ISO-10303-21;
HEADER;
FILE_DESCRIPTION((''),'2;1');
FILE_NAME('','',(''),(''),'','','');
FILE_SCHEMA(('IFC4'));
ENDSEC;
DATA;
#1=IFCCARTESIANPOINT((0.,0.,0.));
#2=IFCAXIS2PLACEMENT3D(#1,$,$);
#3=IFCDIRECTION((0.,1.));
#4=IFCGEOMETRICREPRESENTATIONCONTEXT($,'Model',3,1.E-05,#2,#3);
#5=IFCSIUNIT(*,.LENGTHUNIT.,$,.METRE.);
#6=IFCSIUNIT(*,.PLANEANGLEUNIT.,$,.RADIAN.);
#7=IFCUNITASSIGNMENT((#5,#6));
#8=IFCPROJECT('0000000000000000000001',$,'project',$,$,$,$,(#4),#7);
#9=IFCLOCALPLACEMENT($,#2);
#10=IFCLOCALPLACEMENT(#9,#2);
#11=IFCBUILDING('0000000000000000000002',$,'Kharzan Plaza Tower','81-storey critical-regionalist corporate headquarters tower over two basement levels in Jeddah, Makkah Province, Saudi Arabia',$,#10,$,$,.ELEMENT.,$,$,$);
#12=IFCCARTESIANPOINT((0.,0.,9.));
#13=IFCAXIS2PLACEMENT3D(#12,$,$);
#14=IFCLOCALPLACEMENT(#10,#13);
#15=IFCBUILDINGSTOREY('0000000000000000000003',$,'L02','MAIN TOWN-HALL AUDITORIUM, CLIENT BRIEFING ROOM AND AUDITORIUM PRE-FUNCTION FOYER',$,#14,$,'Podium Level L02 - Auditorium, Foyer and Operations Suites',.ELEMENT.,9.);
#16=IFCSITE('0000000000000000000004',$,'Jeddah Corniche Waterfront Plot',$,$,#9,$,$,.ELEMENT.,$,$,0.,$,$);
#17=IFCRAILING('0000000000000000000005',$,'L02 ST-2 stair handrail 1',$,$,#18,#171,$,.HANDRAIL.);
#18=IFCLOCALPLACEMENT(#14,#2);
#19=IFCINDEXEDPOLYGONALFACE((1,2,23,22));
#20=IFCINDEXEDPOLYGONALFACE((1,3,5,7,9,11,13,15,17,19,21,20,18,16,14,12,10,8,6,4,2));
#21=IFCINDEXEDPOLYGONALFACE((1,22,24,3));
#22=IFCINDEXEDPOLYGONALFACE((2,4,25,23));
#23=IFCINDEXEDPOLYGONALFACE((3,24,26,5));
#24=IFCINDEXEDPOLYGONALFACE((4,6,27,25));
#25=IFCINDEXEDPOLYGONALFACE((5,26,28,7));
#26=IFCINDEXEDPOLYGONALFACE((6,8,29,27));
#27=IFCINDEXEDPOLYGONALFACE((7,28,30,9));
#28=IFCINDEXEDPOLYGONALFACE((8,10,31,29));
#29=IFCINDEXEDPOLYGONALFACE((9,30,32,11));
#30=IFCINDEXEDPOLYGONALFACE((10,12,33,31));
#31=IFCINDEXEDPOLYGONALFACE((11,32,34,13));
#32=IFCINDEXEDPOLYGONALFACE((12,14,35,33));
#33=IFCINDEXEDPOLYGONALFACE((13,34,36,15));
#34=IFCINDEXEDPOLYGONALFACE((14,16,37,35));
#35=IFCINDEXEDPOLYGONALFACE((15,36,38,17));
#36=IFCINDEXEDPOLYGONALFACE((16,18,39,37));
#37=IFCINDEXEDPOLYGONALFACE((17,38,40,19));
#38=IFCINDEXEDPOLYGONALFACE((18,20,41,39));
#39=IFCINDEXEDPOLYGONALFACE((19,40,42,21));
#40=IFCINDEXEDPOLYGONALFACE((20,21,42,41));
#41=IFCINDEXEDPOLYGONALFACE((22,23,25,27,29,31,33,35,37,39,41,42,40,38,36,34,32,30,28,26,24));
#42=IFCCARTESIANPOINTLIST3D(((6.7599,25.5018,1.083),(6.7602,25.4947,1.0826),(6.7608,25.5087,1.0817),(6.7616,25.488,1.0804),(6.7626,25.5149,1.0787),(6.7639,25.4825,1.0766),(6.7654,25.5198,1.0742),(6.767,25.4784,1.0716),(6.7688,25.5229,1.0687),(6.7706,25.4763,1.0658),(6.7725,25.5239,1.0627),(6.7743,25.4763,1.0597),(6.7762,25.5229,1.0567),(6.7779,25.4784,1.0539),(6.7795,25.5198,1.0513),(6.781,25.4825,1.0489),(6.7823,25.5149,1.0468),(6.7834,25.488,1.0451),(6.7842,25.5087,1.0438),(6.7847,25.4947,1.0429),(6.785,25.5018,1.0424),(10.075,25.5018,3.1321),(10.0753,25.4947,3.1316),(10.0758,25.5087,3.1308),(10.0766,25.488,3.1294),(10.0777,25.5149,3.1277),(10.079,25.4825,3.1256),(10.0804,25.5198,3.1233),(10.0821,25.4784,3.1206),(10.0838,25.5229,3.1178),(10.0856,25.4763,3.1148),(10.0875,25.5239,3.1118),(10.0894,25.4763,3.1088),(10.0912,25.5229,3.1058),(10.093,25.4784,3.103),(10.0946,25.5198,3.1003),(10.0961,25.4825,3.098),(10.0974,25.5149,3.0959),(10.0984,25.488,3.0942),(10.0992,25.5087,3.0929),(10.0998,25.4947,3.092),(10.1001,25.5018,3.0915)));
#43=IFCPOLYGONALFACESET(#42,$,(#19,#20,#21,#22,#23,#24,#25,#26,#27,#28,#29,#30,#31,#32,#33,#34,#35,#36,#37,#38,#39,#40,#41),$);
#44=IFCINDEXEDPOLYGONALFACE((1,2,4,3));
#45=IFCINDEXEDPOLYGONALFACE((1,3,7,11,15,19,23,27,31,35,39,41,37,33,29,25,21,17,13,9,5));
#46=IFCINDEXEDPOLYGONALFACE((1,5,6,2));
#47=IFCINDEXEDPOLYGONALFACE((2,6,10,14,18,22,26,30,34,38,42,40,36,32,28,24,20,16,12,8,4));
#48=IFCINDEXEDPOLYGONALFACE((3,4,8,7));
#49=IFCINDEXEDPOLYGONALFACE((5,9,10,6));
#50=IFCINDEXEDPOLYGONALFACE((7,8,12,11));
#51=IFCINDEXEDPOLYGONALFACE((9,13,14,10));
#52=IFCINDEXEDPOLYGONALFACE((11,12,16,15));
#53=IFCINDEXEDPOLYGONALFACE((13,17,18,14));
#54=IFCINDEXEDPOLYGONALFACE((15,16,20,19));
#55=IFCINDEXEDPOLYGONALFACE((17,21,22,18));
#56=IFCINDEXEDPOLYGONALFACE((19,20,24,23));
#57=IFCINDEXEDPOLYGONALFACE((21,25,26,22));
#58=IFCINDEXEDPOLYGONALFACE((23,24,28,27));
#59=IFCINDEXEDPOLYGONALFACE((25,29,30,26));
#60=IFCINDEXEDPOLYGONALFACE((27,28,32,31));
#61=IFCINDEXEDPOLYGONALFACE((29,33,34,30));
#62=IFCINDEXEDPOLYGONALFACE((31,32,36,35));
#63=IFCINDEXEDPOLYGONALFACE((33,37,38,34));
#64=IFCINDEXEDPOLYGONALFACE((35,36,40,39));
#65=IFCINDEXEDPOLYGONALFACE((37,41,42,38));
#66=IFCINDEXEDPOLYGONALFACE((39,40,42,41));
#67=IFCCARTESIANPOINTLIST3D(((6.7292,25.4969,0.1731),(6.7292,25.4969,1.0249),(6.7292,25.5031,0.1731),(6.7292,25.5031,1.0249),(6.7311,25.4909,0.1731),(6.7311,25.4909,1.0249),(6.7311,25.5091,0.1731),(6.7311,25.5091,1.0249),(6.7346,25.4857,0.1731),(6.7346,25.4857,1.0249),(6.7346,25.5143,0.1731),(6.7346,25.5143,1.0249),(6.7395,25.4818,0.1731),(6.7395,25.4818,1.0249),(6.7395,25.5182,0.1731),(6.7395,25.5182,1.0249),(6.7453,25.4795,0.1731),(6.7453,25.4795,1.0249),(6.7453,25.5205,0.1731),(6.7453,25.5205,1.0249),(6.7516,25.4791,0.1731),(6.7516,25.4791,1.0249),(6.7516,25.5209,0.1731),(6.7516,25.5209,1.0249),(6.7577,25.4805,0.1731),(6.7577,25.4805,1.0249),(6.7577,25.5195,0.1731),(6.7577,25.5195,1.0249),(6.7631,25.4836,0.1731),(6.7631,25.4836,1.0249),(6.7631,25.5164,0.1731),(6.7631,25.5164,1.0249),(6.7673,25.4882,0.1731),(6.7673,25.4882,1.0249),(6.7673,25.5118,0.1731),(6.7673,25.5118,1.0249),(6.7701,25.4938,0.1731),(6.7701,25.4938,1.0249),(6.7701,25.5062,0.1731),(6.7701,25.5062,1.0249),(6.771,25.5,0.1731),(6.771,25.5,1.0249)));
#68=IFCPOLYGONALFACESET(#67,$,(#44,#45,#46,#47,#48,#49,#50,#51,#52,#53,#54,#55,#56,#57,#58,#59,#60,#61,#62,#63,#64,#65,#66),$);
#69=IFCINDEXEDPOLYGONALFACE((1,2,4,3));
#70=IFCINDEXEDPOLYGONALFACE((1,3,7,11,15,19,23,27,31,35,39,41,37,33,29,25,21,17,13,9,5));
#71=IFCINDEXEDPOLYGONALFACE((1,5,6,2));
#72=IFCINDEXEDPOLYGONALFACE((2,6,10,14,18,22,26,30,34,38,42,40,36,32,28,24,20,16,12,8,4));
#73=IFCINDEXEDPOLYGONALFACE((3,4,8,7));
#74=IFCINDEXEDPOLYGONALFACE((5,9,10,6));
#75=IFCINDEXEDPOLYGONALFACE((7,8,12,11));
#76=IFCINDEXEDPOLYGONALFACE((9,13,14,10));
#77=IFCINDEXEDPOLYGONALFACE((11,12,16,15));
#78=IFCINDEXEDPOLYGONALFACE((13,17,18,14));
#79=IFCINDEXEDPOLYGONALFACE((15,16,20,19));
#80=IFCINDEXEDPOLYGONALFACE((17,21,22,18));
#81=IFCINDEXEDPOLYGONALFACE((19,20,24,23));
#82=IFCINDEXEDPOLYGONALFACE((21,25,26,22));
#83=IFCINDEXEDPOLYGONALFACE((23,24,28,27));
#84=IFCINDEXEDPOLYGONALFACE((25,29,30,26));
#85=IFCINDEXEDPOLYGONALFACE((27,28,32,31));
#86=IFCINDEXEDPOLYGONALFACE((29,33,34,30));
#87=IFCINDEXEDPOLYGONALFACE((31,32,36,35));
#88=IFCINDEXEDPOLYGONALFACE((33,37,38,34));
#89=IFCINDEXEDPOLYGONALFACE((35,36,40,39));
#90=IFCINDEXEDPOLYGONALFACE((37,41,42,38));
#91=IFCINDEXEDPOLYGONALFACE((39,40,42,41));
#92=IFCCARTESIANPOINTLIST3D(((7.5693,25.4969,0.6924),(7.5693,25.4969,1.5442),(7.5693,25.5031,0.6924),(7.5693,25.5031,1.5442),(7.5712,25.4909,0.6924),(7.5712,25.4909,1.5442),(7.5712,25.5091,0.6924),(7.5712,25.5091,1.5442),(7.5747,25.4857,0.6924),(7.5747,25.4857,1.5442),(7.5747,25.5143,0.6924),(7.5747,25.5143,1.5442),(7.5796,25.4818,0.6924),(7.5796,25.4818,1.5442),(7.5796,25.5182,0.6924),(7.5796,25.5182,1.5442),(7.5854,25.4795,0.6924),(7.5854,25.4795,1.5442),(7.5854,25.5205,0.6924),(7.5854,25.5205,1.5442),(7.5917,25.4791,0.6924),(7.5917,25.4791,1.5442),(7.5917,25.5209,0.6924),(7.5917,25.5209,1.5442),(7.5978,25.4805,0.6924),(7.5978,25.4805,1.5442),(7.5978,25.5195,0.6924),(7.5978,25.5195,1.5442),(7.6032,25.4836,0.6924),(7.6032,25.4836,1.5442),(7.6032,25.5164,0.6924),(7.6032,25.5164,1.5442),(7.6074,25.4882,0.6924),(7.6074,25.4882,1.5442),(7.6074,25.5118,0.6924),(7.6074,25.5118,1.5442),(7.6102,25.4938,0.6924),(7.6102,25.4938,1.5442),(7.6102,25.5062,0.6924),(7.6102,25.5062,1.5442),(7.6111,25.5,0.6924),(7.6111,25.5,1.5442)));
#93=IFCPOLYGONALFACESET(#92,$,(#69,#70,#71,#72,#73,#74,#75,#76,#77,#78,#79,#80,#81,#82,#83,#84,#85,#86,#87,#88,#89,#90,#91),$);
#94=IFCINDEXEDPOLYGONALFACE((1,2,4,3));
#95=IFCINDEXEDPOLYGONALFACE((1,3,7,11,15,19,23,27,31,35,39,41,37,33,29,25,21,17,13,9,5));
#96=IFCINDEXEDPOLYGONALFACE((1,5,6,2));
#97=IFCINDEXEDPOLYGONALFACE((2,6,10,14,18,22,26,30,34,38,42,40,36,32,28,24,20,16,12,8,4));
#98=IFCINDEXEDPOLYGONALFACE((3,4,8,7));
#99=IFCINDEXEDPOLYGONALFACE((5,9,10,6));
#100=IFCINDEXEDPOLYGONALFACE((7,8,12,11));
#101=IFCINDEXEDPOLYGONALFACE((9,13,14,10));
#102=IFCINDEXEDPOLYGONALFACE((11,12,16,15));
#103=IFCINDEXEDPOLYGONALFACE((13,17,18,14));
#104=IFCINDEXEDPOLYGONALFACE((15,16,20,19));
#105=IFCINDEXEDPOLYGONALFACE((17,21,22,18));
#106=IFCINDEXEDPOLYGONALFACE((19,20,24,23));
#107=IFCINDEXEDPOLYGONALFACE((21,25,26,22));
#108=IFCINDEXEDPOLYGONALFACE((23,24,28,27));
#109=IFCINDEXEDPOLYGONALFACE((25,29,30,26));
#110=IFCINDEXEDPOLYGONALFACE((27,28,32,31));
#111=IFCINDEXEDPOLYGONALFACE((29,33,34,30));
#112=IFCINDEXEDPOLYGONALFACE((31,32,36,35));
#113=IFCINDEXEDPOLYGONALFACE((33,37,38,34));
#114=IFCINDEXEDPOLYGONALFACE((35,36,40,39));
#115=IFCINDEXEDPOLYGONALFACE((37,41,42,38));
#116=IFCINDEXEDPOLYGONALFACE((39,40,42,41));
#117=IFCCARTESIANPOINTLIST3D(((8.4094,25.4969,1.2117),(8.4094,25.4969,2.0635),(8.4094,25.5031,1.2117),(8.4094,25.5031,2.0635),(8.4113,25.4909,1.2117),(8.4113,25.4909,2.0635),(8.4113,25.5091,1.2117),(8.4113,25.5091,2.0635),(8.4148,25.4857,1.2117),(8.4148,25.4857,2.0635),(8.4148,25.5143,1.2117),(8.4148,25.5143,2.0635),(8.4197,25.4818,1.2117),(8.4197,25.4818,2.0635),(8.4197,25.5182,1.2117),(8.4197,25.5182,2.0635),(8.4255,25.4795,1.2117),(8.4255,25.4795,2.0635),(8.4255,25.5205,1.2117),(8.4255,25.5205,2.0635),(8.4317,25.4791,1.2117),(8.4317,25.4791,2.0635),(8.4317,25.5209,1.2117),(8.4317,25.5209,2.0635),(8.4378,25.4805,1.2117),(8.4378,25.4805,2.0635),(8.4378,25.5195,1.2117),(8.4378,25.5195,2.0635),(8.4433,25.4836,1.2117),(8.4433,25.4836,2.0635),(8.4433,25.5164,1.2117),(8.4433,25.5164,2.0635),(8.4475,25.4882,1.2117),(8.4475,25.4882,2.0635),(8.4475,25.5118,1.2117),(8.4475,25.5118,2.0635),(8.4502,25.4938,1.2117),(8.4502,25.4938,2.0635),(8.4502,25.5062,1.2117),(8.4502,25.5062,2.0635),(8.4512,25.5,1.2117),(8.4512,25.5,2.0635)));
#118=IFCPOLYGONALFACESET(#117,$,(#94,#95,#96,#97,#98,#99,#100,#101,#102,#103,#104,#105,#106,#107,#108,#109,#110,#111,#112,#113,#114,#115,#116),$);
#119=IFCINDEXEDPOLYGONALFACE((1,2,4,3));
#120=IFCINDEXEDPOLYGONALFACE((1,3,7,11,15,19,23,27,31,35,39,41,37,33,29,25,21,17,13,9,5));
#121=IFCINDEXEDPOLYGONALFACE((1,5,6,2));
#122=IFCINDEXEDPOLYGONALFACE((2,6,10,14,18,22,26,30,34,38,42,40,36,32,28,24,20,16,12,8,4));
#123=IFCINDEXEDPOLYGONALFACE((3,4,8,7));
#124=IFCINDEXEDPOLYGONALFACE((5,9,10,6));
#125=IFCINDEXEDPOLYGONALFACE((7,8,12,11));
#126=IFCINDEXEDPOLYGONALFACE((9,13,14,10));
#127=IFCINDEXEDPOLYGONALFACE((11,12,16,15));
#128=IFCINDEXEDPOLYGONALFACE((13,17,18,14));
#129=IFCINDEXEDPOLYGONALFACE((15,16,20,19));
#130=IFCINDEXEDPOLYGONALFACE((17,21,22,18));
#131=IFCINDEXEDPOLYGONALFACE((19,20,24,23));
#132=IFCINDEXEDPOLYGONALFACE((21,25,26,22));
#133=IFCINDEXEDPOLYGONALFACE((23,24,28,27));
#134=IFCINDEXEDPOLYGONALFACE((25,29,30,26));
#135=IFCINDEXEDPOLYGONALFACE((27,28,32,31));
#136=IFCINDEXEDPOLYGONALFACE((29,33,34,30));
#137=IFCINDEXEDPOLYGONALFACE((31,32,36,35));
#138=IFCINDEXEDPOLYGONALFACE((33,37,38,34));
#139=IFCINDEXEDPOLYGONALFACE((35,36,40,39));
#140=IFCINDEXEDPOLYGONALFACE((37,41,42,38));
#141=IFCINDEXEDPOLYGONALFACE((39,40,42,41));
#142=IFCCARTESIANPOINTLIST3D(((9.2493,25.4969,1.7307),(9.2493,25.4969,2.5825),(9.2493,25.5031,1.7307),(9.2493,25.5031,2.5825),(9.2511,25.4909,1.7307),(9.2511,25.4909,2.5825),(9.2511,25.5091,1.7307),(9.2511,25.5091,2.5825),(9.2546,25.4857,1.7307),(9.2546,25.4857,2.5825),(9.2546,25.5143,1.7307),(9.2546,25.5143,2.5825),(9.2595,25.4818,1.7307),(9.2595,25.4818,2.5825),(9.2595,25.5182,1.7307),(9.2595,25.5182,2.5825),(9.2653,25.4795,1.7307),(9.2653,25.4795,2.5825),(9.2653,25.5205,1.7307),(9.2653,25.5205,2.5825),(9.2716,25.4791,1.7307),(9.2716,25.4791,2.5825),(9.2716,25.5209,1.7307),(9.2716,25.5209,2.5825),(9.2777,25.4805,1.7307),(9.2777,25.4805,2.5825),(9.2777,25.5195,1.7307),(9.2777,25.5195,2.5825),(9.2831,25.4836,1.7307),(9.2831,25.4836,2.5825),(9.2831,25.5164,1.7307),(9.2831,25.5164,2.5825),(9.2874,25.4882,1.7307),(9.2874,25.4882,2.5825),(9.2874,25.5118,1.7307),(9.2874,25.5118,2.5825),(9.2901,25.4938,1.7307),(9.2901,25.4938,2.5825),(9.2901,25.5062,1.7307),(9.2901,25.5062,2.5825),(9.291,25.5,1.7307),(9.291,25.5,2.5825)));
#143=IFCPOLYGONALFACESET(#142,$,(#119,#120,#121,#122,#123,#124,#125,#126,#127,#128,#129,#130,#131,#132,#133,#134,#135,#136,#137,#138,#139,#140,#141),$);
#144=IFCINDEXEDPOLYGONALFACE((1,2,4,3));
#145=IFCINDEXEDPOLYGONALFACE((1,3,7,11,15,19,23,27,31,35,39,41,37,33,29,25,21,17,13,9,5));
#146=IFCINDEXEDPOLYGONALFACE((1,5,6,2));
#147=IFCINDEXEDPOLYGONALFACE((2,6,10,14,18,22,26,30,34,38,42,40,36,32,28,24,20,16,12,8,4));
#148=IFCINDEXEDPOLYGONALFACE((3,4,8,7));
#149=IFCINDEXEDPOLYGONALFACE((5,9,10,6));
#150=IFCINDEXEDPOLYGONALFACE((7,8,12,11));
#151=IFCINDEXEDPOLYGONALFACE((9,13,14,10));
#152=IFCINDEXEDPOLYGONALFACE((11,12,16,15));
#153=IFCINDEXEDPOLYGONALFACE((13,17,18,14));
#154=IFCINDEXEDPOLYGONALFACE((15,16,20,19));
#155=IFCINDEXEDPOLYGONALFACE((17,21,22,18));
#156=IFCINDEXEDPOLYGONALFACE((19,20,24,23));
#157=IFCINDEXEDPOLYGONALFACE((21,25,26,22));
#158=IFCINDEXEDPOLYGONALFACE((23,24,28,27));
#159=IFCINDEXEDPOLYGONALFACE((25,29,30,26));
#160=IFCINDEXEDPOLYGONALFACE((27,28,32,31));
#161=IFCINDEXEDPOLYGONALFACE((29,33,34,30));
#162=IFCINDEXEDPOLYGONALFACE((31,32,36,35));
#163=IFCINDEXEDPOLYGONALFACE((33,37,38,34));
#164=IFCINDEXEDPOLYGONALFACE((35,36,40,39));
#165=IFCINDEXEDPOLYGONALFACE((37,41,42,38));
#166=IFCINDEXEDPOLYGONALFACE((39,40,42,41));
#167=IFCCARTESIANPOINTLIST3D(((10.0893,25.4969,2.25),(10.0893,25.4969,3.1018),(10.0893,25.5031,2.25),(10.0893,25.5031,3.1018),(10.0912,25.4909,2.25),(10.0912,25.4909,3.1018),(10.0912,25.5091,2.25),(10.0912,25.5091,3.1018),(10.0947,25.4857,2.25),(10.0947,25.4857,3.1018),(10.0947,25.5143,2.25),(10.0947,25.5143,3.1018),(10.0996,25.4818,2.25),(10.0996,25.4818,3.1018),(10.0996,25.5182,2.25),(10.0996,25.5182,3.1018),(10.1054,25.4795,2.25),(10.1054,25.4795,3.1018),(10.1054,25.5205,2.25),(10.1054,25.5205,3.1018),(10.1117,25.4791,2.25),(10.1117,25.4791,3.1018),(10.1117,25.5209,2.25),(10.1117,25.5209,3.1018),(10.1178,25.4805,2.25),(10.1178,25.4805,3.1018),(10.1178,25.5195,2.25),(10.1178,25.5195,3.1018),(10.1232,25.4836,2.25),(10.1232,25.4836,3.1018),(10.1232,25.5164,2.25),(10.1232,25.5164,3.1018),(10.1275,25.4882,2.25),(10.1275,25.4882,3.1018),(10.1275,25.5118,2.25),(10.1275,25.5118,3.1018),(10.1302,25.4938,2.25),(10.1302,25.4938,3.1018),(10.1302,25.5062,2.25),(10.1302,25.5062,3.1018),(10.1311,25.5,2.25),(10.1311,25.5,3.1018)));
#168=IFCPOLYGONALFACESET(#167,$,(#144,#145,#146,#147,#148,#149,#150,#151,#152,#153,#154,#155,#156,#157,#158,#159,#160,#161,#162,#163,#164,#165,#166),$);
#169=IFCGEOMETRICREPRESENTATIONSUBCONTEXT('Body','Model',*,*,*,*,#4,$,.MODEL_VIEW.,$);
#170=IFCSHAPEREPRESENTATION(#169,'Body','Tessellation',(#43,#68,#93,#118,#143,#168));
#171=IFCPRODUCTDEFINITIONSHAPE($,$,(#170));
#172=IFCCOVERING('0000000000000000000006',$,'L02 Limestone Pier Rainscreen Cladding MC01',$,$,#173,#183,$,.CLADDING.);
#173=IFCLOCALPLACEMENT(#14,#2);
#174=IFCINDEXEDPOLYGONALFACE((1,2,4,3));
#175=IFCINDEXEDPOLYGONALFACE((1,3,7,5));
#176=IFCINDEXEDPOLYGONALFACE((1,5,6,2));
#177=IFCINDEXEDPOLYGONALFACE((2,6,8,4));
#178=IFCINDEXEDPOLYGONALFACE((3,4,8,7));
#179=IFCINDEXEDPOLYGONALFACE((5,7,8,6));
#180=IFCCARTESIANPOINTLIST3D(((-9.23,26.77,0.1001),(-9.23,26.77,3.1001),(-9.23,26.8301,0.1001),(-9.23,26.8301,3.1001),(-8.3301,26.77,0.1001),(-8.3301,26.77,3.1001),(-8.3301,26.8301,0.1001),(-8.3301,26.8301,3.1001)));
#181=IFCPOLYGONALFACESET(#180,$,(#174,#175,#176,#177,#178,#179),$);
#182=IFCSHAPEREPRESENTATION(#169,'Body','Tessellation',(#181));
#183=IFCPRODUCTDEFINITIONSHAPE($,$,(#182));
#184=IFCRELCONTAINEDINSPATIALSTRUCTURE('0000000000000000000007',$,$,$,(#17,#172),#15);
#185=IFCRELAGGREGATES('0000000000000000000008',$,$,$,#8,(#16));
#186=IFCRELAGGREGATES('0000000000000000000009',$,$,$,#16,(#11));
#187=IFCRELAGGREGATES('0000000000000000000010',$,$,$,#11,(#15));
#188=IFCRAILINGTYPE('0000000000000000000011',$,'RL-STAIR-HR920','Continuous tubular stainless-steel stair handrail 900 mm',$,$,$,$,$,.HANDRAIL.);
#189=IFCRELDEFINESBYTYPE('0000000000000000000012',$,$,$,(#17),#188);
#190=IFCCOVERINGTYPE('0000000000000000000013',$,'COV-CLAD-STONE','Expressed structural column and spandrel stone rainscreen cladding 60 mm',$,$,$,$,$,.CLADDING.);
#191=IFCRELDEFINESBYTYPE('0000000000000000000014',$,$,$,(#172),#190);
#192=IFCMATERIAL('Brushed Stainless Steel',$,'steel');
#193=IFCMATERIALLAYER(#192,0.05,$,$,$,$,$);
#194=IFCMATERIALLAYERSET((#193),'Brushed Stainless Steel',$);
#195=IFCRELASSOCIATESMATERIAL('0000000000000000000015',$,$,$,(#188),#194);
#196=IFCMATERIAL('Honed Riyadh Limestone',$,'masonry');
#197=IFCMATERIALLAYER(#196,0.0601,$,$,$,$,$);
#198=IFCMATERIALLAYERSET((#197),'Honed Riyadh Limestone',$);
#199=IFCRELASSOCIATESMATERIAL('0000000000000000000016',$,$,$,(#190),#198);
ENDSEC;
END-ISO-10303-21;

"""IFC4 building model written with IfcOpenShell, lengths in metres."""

from ifc_helpers import new_model, si_unit, direction, frame, origin, origin_2d, place, context, subcontext, project, spatial, rectangle, circle, extrude, source, transform, mapped, material, layer, layer_set, type_object, element, save


model = new_model("IFC4")

# Units and contexts
model_context = context("Model", 3, precision=1e-05, world=origin(), true_north=direction((0.0, 1.0)))
body_context = subcontext(model_context, "Body", "Model", "MODEL_VIEW")
ifc_project = project(units=[si_unit("LENGTHUNIT", "METRE"), si_unit("PLANEANGLEUNIT", "RADIAN")], contexts=[model_context])

# Site, building, storey
site_placement = place(None, origin())
site = spatial("IfcSite", under=ifc_project, at=site_placement, Name="Jeddah Corniche Waterfront Plot", CompositionType="ELEMENT", RefElevation=0.0)
building_placement = place(site_placement, origin())
building = spatial("IfcBuilding", under=site, at=building_placement, Name="Kharzan Plaza Tower", Description="81-storey critical-regionalist corporate headquarters tower over two basement levels in Jeddah, Makkah Province, Saudi Arabia", CompositionType="ELEMENT")
storey_placement = place(building_placement, frame((0.0, 0.0, 9.0)))
storey = spatial("IfcBuildingStorey", under=building, at=storey_placement, Name="L02", Description="MAIN TOWN-HALL AUDITORIUM, CLIENT BRIEFING ROOM AND AUDITORIUM PRE-FUNCTION FOYER", LongName="Podium Level L02 - Auditorium, Foyer and Operations Suites", CompositionType="ELEMENT", Elevation=9.0)

# Shared definitions
ifc_material_1 = material(Name="Brushed Stainless Steel", Category="steel")

# Railing
ifc_layer_1 = layer(ifc_material_1, 0.05)
ifc_layer_set_1 = layer_set([ifc_layer_1], Name="Brushed Stainless Steel")
railing_type_1 = type_object("IfcRailingType", Name="RL-STAIR-HR920", Description="Continuous tubular stainless-steel stair handrail 900 mm", PredefinedType="HANDRAIL", material=ifc_layer_set_1)
shared_shape_1 = source(origin(), body_context, "Body", "SweptSolid", [
    extrude(circle(Radius=0.0239, at=origin_2d()), frame((0.0225, 0.0, 0.8896), z_axis=(0.850623, 0.0, 0.525776), x_axis=(0.0, 1.0, 0.0)), (0.0, 0.0, 1.0), 3.8972),
    extrude(circle(Radius=0.021, at=origin_2d()), origin(), (0.0, 0.0, 1.0), 0.8518),
    extrude(circle(Radius=0.021, at=origin_2d()), frame((0.8401, 0.0, 0.5193)), (0.0, 0.0, 1.0), 0.8518),
    extrude(circle(Radius=0.021, at=origin_2d()), frame((1.6802, 0.0, 1.0386)), (0.0, 0.0, 1.0), 0.8518),
    extrude(circle(Radius=0.021, at=origin_2d()), frame((2.52, 0.0, 1.5576)), (0.0, 0.0, 1.0), 0.8518),
    extrude(circle(Radius=0.021, at=origin_2d()), frame((3.3601, 0.0, 2.0769)), (0.0, 0.0, 1.0), 0.8518),
])
railing_1_placement = place(storey_placement, frame((6.75, 25.5, 0.1731)))
element("IfcRailing", 1, at=railing_1_placement, inside=storey, type_object=railing_type_1, Name="L02 ST-2 stair handrail 1", PredefinedType="HANDRAIL", context=body_context, shape_type="MappedRepresentation", body=[
    mapped(shared_shape_1, transform((0.0, 0.0, 0.0), x_axis=(1.0, 0.0, 0.0), y_axis=(0.0, 1.0, 0.0), z_axis=(0.0, 0.0, 1.0))),
])

# Covering
ifc_material_2 = material(Name="Honed Riyadh Limestone", Category="masonry")
ifc_layer_2 = layer(ifc_material_2, 0.0601)
ifc_layer_set_2 = layer_set([ifc_layer_2], Name="Honed Riyadh Limestone")
covering_type = type_object("IfcCoveringType", Name="COV-CLAD-STONE", Description="Expressed structural column and spandrel stone rainscreen cladding 60 mm", PredefinedType="CLADDING", material=ifc_layer_set_2)
shared_shape_2 = source(origin(), body_context, "Body", "SweptSolid", [
    extrude(rectangle(XDim=0.0601, YDim=0.8999, at=origin_2d()), origin(), (0.0, 0.0, 1.0), 3.0),
])
covering_placement = place(storey_placement, frame((-8.78, 26.8, 0.1001), z_axis=(0.0, 0.0, 1.0), x_axis=(0.0, 1.0, 0.0)))
element("IfcCovering", 2, at=covering_placement, inside=storey, type_object=covering_type, Name="L02 Limestone Pier Rainscreen Cladding MC01", PredefinedType="CLADDING", context=body_context, shape_type="MappedRepresentation", body=[
    mapped(shared_shape_2, transform((0.0, 0.0, 0.0), x_axis=(1.0, 0.0, 0.0), y_axis=(0.0, 1.0, 0.0), z_axis=(0.0, 0.0, 1.0))),
])

save(model, "model.ifc")
